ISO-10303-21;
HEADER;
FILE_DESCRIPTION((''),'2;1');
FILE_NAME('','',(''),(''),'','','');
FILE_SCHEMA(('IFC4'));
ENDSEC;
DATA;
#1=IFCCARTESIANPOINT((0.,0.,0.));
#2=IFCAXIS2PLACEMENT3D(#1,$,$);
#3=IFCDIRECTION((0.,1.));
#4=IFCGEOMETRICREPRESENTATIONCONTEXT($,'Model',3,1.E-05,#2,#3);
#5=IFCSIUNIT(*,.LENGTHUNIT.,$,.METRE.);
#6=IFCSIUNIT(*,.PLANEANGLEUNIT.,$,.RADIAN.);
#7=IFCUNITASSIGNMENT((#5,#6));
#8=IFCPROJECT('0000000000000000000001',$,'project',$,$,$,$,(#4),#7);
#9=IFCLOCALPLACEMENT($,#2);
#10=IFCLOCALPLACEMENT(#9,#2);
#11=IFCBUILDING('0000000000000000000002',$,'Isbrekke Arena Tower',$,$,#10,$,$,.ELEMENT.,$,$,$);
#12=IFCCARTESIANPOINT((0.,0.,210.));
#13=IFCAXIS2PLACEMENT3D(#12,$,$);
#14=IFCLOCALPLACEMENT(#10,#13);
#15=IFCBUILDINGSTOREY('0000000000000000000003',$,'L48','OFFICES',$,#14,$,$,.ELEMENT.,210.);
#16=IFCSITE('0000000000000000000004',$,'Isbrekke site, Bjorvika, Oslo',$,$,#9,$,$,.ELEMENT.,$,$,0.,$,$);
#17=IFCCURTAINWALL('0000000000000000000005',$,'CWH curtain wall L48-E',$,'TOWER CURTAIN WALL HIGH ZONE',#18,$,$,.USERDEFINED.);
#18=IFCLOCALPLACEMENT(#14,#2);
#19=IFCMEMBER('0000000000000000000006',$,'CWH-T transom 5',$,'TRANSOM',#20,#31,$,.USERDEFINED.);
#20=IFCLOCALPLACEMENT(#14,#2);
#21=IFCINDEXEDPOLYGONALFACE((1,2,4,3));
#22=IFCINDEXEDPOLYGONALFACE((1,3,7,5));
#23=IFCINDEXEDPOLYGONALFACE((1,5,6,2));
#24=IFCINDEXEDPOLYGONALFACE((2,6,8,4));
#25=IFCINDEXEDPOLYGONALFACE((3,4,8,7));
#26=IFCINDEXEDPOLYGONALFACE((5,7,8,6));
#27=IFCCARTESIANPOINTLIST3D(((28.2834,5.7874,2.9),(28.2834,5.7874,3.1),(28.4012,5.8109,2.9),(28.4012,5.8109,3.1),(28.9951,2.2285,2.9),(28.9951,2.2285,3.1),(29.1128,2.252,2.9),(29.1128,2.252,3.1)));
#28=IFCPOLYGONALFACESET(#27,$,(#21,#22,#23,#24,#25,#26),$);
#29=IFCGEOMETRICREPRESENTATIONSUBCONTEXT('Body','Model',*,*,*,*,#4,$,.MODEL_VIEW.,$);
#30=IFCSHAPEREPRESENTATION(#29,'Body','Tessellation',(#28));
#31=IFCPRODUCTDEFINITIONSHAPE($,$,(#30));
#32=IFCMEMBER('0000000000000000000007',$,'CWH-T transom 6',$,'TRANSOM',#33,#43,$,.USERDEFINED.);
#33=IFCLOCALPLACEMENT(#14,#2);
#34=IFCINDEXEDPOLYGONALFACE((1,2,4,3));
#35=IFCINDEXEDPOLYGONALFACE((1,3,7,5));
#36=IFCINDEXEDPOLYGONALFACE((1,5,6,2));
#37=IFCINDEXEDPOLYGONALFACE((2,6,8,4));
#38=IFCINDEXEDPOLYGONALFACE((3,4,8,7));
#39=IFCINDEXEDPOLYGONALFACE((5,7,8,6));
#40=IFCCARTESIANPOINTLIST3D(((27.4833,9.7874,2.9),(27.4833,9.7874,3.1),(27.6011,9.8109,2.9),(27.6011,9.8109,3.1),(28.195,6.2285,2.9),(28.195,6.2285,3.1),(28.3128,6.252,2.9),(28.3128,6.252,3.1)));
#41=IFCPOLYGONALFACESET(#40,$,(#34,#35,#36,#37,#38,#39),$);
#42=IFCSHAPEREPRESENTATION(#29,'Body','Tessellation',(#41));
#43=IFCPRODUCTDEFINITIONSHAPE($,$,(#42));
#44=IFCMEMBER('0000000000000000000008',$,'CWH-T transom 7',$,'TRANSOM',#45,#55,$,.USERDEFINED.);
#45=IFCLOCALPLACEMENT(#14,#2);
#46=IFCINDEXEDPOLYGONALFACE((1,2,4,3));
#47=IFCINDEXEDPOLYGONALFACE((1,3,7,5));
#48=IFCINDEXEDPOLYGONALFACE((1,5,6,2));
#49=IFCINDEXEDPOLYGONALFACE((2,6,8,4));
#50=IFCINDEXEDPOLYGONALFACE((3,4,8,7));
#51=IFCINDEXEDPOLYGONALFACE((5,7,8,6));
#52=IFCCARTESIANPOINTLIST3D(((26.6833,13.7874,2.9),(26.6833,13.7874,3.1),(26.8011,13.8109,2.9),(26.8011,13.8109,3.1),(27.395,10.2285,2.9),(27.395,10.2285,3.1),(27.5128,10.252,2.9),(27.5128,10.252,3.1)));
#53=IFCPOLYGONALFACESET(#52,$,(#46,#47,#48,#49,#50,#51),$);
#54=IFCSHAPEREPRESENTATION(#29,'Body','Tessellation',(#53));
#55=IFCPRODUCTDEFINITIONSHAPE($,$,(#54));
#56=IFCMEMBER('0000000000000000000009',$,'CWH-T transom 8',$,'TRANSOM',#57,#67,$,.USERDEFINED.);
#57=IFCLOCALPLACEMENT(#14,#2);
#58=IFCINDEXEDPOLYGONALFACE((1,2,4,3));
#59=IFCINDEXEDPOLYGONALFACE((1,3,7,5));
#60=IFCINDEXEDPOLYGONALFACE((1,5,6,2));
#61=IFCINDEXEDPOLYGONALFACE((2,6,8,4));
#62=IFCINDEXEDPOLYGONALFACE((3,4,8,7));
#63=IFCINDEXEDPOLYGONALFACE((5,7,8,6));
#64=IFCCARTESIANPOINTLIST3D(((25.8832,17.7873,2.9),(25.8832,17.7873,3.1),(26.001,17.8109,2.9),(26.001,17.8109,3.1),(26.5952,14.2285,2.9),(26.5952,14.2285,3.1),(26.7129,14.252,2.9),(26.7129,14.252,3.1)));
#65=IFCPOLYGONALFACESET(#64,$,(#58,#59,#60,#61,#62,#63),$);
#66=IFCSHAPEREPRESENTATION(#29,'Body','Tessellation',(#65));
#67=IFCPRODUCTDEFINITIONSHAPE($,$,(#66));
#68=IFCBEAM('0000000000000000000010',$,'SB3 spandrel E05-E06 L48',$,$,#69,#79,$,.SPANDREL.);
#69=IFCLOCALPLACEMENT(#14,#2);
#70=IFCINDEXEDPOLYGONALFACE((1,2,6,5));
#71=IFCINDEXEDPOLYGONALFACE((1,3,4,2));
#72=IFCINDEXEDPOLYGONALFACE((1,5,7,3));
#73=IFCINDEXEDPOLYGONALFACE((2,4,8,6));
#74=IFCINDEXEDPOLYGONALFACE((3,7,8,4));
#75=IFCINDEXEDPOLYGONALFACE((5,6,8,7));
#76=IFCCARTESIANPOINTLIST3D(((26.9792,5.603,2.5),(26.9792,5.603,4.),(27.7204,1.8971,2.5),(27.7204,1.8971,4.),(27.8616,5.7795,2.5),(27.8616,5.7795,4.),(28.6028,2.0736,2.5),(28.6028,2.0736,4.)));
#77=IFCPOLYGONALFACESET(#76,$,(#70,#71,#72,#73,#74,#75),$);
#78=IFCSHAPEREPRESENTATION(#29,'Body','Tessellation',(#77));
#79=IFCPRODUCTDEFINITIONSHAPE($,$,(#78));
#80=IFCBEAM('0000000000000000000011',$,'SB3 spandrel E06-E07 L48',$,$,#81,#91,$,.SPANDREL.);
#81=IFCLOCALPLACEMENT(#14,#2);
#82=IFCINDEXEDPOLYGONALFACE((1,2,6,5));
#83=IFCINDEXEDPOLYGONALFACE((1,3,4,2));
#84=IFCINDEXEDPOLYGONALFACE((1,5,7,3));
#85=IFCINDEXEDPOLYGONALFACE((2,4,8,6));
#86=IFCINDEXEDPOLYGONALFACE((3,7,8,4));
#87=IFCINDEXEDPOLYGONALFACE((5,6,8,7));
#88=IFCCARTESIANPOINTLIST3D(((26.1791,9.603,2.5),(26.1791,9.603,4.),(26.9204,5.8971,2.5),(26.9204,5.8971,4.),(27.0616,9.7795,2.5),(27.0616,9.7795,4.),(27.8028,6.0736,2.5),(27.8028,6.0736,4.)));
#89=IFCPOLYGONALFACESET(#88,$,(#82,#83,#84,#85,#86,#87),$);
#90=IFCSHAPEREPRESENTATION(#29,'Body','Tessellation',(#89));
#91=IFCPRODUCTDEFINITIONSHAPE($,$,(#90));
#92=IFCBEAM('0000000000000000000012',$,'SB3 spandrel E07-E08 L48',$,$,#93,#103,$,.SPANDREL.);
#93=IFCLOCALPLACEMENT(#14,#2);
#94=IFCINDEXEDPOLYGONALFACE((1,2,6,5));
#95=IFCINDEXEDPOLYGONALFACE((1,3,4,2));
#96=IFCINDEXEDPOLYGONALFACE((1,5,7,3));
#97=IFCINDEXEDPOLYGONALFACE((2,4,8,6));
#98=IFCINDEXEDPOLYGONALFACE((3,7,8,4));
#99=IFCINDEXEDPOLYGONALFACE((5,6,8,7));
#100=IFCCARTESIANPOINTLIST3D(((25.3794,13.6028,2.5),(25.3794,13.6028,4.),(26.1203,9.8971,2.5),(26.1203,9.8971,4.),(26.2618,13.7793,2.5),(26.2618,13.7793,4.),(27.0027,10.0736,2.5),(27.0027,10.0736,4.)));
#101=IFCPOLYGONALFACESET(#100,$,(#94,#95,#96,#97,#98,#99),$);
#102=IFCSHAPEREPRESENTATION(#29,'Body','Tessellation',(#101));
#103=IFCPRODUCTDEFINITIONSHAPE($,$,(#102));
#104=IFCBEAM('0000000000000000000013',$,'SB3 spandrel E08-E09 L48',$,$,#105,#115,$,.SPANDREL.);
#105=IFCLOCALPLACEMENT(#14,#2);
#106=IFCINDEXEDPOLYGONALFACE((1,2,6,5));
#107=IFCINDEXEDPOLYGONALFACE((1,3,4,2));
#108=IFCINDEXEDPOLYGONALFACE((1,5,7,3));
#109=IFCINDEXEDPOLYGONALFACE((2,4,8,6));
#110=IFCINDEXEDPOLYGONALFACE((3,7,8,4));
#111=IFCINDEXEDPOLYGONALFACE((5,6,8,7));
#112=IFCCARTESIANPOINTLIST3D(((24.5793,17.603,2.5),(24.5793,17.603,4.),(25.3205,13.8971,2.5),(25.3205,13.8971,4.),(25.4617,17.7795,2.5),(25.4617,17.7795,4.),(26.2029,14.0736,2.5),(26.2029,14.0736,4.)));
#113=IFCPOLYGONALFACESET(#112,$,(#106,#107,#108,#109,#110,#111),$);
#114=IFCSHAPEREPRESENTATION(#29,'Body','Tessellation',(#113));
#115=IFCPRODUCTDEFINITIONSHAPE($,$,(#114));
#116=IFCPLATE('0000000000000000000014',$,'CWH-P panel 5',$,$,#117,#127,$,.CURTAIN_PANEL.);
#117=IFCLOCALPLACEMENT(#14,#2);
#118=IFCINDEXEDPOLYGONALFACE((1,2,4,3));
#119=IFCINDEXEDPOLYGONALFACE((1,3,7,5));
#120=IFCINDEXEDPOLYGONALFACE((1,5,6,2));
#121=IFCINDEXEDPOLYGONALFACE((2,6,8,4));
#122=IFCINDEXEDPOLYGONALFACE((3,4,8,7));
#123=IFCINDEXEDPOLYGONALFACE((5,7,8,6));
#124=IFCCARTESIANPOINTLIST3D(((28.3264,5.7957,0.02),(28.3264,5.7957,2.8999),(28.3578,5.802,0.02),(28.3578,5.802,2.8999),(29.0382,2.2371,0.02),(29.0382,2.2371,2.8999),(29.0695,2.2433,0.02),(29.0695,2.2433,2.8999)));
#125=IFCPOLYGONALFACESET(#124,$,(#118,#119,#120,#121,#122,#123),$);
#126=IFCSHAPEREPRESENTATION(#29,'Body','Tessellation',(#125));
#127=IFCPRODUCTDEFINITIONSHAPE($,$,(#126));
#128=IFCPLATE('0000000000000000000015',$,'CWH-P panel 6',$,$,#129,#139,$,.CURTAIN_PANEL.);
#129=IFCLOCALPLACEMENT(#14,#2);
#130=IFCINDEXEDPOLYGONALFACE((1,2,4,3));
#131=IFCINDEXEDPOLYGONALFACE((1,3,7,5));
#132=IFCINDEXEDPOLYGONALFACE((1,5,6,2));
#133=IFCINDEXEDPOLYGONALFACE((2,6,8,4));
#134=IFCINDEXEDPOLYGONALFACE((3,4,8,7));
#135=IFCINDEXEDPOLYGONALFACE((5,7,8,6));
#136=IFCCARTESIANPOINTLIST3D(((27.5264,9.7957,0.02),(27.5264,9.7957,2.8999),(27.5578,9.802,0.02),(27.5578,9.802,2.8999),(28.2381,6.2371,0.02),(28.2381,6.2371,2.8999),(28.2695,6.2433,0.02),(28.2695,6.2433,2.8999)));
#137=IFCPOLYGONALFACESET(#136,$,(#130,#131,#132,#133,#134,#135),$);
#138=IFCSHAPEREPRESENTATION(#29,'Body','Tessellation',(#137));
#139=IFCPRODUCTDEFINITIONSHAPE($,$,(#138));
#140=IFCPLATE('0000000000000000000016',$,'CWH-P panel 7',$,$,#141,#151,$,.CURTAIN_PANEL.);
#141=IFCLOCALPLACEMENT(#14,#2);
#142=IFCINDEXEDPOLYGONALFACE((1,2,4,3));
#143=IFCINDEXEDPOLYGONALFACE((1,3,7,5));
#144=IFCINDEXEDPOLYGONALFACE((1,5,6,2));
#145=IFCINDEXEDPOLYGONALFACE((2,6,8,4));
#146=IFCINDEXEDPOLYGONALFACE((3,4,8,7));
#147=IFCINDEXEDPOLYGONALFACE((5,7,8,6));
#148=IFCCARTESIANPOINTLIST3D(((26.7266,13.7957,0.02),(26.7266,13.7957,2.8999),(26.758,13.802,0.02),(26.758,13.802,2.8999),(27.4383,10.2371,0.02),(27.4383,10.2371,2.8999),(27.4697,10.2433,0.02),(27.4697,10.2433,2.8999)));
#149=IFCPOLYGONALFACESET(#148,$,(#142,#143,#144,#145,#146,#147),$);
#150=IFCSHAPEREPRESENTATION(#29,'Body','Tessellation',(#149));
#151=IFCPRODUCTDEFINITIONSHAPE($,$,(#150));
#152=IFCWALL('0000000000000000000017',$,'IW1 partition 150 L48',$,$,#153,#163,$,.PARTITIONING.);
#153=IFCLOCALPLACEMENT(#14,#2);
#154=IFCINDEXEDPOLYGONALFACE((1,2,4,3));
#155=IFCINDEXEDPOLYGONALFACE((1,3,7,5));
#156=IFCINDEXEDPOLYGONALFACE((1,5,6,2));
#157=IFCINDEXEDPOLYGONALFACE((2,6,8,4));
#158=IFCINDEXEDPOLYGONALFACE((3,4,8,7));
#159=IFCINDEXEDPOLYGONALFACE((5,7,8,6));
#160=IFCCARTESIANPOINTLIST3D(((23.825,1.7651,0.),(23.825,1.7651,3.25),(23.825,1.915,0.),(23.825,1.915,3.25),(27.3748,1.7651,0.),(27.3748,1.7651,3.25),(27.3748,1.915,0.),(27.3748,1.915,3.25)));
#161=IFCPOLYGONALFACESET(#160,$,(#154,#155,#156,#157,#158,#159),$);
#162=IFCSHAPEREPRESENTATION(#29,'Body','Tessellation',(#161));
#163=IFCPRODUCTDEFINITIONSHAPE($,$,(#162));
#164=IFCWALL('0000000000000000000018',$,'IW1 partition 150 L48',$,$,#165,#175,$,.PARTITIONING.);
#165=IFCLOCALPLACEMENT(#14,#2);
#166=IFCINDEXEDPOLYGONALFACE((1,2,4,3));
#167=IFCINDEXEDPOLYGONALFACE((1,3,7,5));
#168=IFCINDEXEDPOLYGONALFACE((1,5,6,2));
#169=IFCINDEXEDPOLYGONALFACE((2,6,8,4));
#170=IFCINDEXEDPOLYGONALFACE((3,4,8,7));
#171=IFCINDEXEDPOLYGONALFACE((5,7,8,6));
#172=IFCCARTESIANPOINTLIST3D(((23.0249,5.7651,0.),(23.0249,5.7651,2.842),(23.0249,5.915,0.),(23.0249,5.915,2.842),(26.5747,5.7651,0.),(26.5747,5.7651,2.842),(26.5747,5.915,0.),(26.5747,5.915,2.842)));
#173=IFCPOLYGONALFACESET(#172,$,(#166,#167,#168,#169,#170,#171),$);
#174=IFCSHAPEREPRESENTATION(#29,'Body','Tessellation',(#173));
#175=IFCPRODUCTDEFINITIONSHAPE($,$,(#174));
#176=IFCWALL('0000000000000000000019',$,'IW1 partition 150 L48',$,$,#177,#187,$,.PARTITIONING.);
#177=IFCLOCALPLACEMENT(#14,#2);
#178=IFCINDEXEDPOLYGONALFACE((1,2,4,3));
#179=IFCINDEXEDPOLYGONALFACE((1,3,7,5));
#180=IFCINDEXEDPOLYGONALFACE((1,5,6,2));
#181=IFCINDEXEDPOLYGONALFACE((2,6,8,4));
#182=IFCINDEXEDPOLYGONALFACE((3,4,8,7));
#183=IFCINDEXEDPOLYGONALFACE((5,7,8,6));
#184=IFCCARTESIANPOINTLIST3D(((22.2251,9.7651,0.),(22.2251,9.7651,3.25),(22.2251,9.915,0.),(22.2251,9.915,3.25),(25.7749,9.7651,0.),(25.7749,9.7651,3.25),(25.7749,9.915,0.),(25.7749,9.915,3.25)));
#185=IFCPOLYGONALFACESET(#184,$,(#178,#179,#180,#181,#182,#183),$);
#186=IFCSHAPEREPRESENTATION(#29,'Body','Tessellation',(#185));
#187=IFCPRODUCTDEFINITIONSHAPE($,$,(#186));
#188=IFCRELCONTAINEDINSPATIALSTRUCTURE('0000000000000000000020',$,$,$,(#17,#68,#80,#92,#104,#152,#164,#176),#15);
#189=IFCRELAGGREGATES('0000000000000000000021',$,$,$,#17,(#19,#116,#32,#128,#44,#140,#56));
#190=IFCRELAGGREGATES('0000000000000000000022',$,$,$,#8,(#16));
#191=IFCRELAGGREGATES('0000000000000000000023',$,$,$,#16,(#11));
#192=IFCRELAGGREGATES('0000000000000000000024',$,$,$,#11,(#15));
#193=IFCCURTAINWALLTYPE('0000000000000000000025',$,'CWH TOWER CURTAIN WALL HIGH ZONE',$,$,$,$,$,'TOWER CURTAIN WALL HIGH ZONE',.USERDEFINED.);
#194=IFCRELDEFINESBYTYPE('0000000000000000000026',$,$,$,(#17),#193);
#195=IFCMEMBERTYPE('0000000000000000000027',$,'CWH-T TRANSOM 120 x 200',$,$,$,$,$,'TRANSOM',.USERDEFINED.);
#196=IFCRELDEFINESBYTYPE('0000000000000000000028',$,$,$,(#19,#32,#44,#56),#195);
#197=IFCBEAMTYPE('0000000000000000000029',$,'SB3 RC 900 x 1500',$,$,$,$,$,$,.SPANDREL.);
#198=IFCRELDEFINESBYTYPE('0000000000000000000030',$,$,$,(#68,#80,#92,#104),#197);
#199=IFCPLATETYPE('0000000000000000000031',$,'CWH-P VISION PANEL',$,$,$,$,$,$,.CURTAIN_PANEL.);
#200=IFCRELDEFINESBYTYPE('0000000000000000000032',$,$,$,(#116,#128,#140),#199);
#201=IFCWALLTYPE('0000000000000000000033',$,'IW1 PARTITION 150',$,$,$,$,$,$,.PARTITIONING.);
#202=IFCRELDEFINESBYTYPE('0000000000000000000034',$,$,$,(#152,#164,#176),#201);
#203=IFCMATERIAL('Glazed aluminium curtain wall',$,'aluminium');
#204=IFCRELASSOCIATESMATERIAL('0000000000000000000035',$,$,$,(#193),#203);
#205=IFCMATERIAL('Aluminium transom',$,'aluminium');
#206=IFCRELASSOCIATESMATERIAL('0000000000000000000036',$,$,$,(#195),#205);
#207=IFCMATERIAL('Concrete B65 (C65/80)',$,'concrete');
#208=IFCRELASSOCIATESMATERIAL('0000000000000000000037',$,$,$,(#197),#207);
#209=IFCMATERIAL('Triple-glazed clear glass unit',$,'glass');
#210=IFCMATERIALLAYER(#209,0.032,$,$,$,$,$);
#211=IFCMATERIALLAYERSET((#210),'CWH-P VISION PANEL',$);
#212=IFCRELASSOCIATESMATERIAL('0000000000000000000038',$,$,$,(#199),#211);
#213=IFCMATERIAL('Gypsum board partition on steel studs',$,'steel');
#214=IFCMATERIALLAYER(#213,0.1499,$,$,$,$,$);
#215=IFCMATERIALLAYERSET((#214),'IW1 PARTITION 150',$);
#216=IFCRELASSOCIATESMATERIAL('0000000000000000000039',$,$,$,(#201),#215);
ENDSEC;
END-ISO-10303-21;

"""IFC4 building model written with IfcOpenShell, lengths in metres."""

from ifc_helpers import new_model, si_unit, direction, frame, frame_2d, origin, origin_2d, place, context, subcontext, project, spatial, rectangle, extrude, material, layer, layer_set, material_profile, profile_set, type_object, element, aggregate, save


model = new_model("IFC4")

# Units and contexts
model_context = context("Model", 3, precision=1e-05, world=origin(), true_north=direction((0.0, 1.0)))
body_context = subcontext(model_context, "Body", "Model", "MODEL_VIEW")
ifc_project = project(units=[si_unit("LENGTHUNIT", "METRE"), si_unit("PLANEANGLEUNIT", "RADIAN")], contexts=[model_context])

# Site, building, storey
site_placement = place(None, origin())
site = spatial("IfcSite", under=ifc_project, at=site_placement, Name="Isbrekke site, Bjorvika, Oslo", CompositionType="ELEMENT", RefElevation=0.0)
building_placement = place(site_placement, origin())
building = spatial("IfcBuilding", under=site, at=building_placement, Name="Isbrekke Arena Tower", CompositionType="ELEMENT")
storey_placement = place(building_placement, frame((0.0, 0.0, 210.0)))
storey = spatial("IfcBuildingStorey", under=building, at=storey_placement, Name="L48", Description="OFFICES", CompositionType="ELEMENT", Elevation=210.0)

# Curtain wall, members
ifc_material_1 = material(Name="Glazed aluminium curtain wall", Category="aluminium")
curtain_wall_type = type_object("IfcCurtainWallType", Name="CWH TOWER CURTAIN WALL HIGH ZONE", ElementType="TOWER CURTAIN WALL HIGH ZONE", PredefinedType="USERDEFINED", material=ifc_material_1)
curtain_wall_placement = place(storey_placement, origin())
curtain_wall = element("IfcCurtainWall", 1, at=curtain_wall_placement, inside=storey, type_object=curtain_wall_type, Name="CWH curtain wall L48-E", ObjectType="TOWER CURTAIN WALL HIGH ZONE", PredefinedType="USERDEFINED")
ifc_material_2 = material(Name="Aluminium transom", Category="aluminium")
ifc_material_profile_1 = material_profile(ifc_material_2, rectangle(XDim=0.1201, YDim=0.2, at=origin_2d()), Name="TRANSOM 120X200")
ifc_profile_set_1 = profile_set([ifc_material_profile_1], Name="Aluminium transom")
member_type_1 = type_object("IfcMemberType", Name="CWH-T TRANSOM 120 x 200", ElementType="TRANSOM", PredefinedType="USERDEFINED", material=ifc_profile_set_1)
member_1_placement = place(storey_placement, frame((29.054, 2.2402, 3.0), z_axis=(-0.19609, 0.980586, 0.0), x_axis=(-0.980586, -0.19609, 0.0)))
member_1 = element("IfcMember", 2, at=member_1_placement, type_object=member_type_1, Name="CWH-T transom 5", ObjectType="TRANSOM", PredefinedType="USERDEFINED", context=body_context, shape_type="SweptSolid", body=[
    extrude(rectangle(XDim=0.1201, YDim=0.2, at=origin_2d()), origin(), (0.0, 0.0, 1.0), 3.6294),
])
member_2_placement = place(storey_placement, frame((28.2539, 6.2402, 3.0), z_axis=(-0.19609, 0.980586, 0.0), x_axis=(-0.980586, -0.19609, 0.0)))
member_2 = element("IfcMember", 3, at=member_2_placement, type_object=member_type_1, Name="CWH-T transom 6", ObjectType="TRANSOM", PredefinedType="USERDEFINED", context=body_context, shape_type="SweptSolid", body=[
    extrude(rectangle(XDim=0.1201, YDim=0.2, at=origin_2d()), origin(), (0.0, 0.0, 1.0), 3.6294),
])
member_3_placement = place(storey_placement, frame((27.4539, 10.2402, 3.0), z_axis=(-0.19609, 0.980586, 0.0), x_axis=(-0.980586, -0.19609, 0.0)))
member_3 = element("IfcMember", 4, at=member_3_placement, type_object=member_type_1, Name="CWH-T transom 7", ObjectType="TRANSOM", PredefinedType="USERDEFINED", context=body_context, shape_type="SweptSolid", body=[
    extrude(rectangle(XDim=0.1201, YDim=0.2, at=origin_2d()), origin(), (0.0, 0.0, 1.0), 3.6294),
])
member_4_placement = place(storey_placement, frame((26.6541, 14.2402, 3.0), z_axis=(-0.196155, 0.980573, 0.0), x_axis=(-0.980573, -0.196155, 0.0)))
member_4 = element("IfcMember", 5, at=member_4_placement, type_object=member_type_1, Name="CWH-T transom 8", ObjectType="TRANSOM", PredefinedType="USERDEFINED", context=body_context, shape_type="SweptSolid", body=[
    extrude(rectangle(XDim=0.1201, YDim=0.2, at=origin_2d()), origin(), (0.0, 0.0, 1.0), 3.6294),
])

# Beams
ifc_material_3 = material(Name="Concrete B65 (C65/80)", Category="concrete")
ifc_material_profile_2 = material_profile(ifc_material_3, rectangle(XDim=0.8999, YDim=1.5, at=origin_2d()), Name="RC 900x1500")
ifc_profile_set_2 = profile_set([ifc_material_profile_2], Name="Concrete B65 (C65/80)")
beam_type_1 = type_object("IfcBeamType", Name="SB3 RC 900 x 1500", PredefinedType="SPANDREL", material=ifc_profile_set_2)
for number, where, z_axis, x_axis, name in (
    (6, (28.1616, 1.9854, 3.25), (-0.196129, 0.980578, 0.0), (-0.980578, -0.196129, 0.0), "SB3 spandrel E05-E06 L48"),
    (7, (27.3616, 5.9854, 3.25), (-0.196129, 0.980578, 0.0), (-0.980578, -0.196129, 0.0), "SB3 spandrel E06-E07 L48"),
):
    element("IfcBeam", number, at=place(storey_placement, frame(where, z_axis=z_axis, x_axis=x_axis)), inside=storey, type_object=beam_type_1, Name=name, PredefinedType="SPANDREL", context=body_context, shape_type="SweptSolid", body=[
        extrude(rectangle(XDim=0.8999, YDim=1.5, at=origin_2d()), origin(), (0.0, 0.0, 1.0), 3.7793),
    ])
beam_1_placement = place(storey_placement, frame((26.5615, 9.9854, 3.25), z_axis=(-0.196066, 0.980591, 0.0), x_axis=(-0.980591, -0.196066, 0.0)))
element("IfcBeam", 8, at=beam_1_placement, inside=storey, type_object=beam_type_1, Name="SB3 spandrel E07-E08 L48", PredefinedType="SPANDREL", context=body_context, shape_type="SweptSolid", body=[
    extrude(rectangle(XDim=0.8999, YDim=1.5, at=origin_2d()), origin(), (0.0, 0.0, 1.0), 3.7791),
])
beam_2_placement = place(storey_placement, frame((25.7617, 13.9854, 3.25), z_axis=(-0.196129, 0.980578, 0.0), x_axis=(-0.980578, -0.196129, 0.0)))
element("IfcBeam", 9, at=beam_2_placement, inside=storey, type_object=beam_type_1, Name="SB3 spandrel E08-E09 L48", PredefinedType="SPANDREL", context=body_context, shape_type="SweptSolid", body=[
    extrude(rectangle(XDim=0.8999, YDim=1.5, at=origin_2d()), origin(), (0.0, 0.0, 1.0), 3.7793),
])

# Plates
ifc_material_4 = material(Name="Triple-glazed clear glass unit", Category="glass")
ifc_layer_1 = layer(ifc_material_4, 0.032)
ifc_layer_set_1 = layer_set([ifc_layer_1], Name="CWH-P VISION PANEL")
plate_type = type_object("IfcPlateType", Name="CWH-P VISION PANEL", PredefinedType="CURTAIN_PANEL", material=ifc_layer_set_1)
plate_1_placement = place(storey_placement, frame((28.698, 4.0195, 0.02), z_axis=(0.0, 0.0, 1.0), x_axis=(-0.196116, 0.980581, 0.0)))
plate_1 = element("IfcPlate", 10, at=plate_1_placement, type_object=plate_type, Name="CWH-P panel 5", PredefinedType="CURTAIN_PANEL", context=body_context, shape_type="SweptSolid", body=[
    extrude(rectangle(XDim=3.6292, YDim=0.032, at=origin_2d()), origin(), (0.0, 0.0, 1.0), 2.8799),
])
plate_2_placement = place(storey_placement, frame((27.8979, 8.0195, 0.02), z_axis=(0.0, 0.0, 1.0), x_axis=(-0.196116, 0.980581, 0.0)))
plate_2 = element("IfcPlate", 11, at=plate_2_placement, type_object=plate_type, Name="CWH-P panel 6", PredefinedType="CURTAIN_PANEL", context=body_context, shape_type="SweptSolid", body=[
    extrude(rectangle(XDim=3.6292, YDim=0.032, at=origin_2d()), origin(), (0.0, 0.0, 1.0), 2.8799),
])
plate_3_placement = place(storey_placement, frame((27.0981, 12.0195, 0.02), z_axis=(0.0, 0.0, 1.0), x_axis=(-0.196116, 0.980581, 0.0)))
plate_3 = element("IfcPlate", 12, at=plate_3_placement, type_object=plate_type, Name="CWH-P panel 7", PredefinedType="CURTAIN_PANEL", context=body_context, shape_type="SweptSolid", body=[
    extrude(rectangle(XDim=3.6292, YDim=0.032, at=origin_2d()), origin(), (0.0, 0.0, 1.0), 2.8799),
])
aggregate(curtain_wall, [member_1, plate_1, member_2, plate_2, member_3, plate_3, member_4])

# Walls
ifc_material_5 = material(Name="Gypsum board partition on steel studs", Category="steel")
ifc_layer_2 = layer(ifc_material_5, 0.1499)
ifc_layer_set_2 = layer_set([ifc_layer_2], Name="IW1 PARTITION 150")
wall_type = type_object("IfcWallType", Name="IW1 PARTITION 150", PredefinedType="PARTITIONING", material=ifc_layer_set_2)
wall_1_placement = place(storey_placement, frame((23.825, 1.8401, 0.0), z_axis=(0.0, 0.0, 1.0), x_axis=(1.0, 0.0, 0.0)))
element("IfcWall", 13, at=wall_1_placement, inside=storey, type_object=wall_type, Name="IW1 partition 150 L48", PredefinedType="PARTITIONING", context=body_context, shape_type="SweptSolid", body=[
    extrude(rectangle(XDim=3.5498, YDim=0.1499, at=frame_2d((1.7749, 0.0))), origin(), (0.0, 0.0, 1.0), 3.25),
])
wall_2_placement = place(storey_placement, frame((23.0249, 5.8401, 0.0), z_axis=(0.0, 0.0, 1.0), x_axis=(1.0, 0.0, 0.0)))
element("IfcWall", 14, at=wall_2_placement, inside=storey, type_object=wall_type, Name="IW1 partition 150 L48", PredefinedType="PARTITIONING", context=body_context, shape_type="SweptSolid", body=[
    extrude(rectangle(XDim=3.5498, YDim=0.1499, at=frame_2d((1.7749, 0.0))), origin(), (0.0, 0.0, 1.0), 2.842),
])
for number, where, z_axis, x_axis, name in (
    (15, (22.2251, 9.8401, 0.0), (0.0, 0.0, 1.0), (1.0, 0.0, 0.0), "IW1 partition 150 L48"),
):
    element("IfcWall", number, at=place(storey_placement, frame(where, z_axis=z_axis, x_axis=x_axis)), inside=storey, type_object=wall_type, Name=name, PredefinedType="PARTITIONING", context=body_context, shape_type="SweptSolid", body=[
        extrude(rectangle(XDim=3.5498, YDim=0.1499, at=frame_2d((1.7749, 0.0))), origin(), (0.0, 0.0, 1.0), 3.25),
    ])

save(model, "model.ifc")
